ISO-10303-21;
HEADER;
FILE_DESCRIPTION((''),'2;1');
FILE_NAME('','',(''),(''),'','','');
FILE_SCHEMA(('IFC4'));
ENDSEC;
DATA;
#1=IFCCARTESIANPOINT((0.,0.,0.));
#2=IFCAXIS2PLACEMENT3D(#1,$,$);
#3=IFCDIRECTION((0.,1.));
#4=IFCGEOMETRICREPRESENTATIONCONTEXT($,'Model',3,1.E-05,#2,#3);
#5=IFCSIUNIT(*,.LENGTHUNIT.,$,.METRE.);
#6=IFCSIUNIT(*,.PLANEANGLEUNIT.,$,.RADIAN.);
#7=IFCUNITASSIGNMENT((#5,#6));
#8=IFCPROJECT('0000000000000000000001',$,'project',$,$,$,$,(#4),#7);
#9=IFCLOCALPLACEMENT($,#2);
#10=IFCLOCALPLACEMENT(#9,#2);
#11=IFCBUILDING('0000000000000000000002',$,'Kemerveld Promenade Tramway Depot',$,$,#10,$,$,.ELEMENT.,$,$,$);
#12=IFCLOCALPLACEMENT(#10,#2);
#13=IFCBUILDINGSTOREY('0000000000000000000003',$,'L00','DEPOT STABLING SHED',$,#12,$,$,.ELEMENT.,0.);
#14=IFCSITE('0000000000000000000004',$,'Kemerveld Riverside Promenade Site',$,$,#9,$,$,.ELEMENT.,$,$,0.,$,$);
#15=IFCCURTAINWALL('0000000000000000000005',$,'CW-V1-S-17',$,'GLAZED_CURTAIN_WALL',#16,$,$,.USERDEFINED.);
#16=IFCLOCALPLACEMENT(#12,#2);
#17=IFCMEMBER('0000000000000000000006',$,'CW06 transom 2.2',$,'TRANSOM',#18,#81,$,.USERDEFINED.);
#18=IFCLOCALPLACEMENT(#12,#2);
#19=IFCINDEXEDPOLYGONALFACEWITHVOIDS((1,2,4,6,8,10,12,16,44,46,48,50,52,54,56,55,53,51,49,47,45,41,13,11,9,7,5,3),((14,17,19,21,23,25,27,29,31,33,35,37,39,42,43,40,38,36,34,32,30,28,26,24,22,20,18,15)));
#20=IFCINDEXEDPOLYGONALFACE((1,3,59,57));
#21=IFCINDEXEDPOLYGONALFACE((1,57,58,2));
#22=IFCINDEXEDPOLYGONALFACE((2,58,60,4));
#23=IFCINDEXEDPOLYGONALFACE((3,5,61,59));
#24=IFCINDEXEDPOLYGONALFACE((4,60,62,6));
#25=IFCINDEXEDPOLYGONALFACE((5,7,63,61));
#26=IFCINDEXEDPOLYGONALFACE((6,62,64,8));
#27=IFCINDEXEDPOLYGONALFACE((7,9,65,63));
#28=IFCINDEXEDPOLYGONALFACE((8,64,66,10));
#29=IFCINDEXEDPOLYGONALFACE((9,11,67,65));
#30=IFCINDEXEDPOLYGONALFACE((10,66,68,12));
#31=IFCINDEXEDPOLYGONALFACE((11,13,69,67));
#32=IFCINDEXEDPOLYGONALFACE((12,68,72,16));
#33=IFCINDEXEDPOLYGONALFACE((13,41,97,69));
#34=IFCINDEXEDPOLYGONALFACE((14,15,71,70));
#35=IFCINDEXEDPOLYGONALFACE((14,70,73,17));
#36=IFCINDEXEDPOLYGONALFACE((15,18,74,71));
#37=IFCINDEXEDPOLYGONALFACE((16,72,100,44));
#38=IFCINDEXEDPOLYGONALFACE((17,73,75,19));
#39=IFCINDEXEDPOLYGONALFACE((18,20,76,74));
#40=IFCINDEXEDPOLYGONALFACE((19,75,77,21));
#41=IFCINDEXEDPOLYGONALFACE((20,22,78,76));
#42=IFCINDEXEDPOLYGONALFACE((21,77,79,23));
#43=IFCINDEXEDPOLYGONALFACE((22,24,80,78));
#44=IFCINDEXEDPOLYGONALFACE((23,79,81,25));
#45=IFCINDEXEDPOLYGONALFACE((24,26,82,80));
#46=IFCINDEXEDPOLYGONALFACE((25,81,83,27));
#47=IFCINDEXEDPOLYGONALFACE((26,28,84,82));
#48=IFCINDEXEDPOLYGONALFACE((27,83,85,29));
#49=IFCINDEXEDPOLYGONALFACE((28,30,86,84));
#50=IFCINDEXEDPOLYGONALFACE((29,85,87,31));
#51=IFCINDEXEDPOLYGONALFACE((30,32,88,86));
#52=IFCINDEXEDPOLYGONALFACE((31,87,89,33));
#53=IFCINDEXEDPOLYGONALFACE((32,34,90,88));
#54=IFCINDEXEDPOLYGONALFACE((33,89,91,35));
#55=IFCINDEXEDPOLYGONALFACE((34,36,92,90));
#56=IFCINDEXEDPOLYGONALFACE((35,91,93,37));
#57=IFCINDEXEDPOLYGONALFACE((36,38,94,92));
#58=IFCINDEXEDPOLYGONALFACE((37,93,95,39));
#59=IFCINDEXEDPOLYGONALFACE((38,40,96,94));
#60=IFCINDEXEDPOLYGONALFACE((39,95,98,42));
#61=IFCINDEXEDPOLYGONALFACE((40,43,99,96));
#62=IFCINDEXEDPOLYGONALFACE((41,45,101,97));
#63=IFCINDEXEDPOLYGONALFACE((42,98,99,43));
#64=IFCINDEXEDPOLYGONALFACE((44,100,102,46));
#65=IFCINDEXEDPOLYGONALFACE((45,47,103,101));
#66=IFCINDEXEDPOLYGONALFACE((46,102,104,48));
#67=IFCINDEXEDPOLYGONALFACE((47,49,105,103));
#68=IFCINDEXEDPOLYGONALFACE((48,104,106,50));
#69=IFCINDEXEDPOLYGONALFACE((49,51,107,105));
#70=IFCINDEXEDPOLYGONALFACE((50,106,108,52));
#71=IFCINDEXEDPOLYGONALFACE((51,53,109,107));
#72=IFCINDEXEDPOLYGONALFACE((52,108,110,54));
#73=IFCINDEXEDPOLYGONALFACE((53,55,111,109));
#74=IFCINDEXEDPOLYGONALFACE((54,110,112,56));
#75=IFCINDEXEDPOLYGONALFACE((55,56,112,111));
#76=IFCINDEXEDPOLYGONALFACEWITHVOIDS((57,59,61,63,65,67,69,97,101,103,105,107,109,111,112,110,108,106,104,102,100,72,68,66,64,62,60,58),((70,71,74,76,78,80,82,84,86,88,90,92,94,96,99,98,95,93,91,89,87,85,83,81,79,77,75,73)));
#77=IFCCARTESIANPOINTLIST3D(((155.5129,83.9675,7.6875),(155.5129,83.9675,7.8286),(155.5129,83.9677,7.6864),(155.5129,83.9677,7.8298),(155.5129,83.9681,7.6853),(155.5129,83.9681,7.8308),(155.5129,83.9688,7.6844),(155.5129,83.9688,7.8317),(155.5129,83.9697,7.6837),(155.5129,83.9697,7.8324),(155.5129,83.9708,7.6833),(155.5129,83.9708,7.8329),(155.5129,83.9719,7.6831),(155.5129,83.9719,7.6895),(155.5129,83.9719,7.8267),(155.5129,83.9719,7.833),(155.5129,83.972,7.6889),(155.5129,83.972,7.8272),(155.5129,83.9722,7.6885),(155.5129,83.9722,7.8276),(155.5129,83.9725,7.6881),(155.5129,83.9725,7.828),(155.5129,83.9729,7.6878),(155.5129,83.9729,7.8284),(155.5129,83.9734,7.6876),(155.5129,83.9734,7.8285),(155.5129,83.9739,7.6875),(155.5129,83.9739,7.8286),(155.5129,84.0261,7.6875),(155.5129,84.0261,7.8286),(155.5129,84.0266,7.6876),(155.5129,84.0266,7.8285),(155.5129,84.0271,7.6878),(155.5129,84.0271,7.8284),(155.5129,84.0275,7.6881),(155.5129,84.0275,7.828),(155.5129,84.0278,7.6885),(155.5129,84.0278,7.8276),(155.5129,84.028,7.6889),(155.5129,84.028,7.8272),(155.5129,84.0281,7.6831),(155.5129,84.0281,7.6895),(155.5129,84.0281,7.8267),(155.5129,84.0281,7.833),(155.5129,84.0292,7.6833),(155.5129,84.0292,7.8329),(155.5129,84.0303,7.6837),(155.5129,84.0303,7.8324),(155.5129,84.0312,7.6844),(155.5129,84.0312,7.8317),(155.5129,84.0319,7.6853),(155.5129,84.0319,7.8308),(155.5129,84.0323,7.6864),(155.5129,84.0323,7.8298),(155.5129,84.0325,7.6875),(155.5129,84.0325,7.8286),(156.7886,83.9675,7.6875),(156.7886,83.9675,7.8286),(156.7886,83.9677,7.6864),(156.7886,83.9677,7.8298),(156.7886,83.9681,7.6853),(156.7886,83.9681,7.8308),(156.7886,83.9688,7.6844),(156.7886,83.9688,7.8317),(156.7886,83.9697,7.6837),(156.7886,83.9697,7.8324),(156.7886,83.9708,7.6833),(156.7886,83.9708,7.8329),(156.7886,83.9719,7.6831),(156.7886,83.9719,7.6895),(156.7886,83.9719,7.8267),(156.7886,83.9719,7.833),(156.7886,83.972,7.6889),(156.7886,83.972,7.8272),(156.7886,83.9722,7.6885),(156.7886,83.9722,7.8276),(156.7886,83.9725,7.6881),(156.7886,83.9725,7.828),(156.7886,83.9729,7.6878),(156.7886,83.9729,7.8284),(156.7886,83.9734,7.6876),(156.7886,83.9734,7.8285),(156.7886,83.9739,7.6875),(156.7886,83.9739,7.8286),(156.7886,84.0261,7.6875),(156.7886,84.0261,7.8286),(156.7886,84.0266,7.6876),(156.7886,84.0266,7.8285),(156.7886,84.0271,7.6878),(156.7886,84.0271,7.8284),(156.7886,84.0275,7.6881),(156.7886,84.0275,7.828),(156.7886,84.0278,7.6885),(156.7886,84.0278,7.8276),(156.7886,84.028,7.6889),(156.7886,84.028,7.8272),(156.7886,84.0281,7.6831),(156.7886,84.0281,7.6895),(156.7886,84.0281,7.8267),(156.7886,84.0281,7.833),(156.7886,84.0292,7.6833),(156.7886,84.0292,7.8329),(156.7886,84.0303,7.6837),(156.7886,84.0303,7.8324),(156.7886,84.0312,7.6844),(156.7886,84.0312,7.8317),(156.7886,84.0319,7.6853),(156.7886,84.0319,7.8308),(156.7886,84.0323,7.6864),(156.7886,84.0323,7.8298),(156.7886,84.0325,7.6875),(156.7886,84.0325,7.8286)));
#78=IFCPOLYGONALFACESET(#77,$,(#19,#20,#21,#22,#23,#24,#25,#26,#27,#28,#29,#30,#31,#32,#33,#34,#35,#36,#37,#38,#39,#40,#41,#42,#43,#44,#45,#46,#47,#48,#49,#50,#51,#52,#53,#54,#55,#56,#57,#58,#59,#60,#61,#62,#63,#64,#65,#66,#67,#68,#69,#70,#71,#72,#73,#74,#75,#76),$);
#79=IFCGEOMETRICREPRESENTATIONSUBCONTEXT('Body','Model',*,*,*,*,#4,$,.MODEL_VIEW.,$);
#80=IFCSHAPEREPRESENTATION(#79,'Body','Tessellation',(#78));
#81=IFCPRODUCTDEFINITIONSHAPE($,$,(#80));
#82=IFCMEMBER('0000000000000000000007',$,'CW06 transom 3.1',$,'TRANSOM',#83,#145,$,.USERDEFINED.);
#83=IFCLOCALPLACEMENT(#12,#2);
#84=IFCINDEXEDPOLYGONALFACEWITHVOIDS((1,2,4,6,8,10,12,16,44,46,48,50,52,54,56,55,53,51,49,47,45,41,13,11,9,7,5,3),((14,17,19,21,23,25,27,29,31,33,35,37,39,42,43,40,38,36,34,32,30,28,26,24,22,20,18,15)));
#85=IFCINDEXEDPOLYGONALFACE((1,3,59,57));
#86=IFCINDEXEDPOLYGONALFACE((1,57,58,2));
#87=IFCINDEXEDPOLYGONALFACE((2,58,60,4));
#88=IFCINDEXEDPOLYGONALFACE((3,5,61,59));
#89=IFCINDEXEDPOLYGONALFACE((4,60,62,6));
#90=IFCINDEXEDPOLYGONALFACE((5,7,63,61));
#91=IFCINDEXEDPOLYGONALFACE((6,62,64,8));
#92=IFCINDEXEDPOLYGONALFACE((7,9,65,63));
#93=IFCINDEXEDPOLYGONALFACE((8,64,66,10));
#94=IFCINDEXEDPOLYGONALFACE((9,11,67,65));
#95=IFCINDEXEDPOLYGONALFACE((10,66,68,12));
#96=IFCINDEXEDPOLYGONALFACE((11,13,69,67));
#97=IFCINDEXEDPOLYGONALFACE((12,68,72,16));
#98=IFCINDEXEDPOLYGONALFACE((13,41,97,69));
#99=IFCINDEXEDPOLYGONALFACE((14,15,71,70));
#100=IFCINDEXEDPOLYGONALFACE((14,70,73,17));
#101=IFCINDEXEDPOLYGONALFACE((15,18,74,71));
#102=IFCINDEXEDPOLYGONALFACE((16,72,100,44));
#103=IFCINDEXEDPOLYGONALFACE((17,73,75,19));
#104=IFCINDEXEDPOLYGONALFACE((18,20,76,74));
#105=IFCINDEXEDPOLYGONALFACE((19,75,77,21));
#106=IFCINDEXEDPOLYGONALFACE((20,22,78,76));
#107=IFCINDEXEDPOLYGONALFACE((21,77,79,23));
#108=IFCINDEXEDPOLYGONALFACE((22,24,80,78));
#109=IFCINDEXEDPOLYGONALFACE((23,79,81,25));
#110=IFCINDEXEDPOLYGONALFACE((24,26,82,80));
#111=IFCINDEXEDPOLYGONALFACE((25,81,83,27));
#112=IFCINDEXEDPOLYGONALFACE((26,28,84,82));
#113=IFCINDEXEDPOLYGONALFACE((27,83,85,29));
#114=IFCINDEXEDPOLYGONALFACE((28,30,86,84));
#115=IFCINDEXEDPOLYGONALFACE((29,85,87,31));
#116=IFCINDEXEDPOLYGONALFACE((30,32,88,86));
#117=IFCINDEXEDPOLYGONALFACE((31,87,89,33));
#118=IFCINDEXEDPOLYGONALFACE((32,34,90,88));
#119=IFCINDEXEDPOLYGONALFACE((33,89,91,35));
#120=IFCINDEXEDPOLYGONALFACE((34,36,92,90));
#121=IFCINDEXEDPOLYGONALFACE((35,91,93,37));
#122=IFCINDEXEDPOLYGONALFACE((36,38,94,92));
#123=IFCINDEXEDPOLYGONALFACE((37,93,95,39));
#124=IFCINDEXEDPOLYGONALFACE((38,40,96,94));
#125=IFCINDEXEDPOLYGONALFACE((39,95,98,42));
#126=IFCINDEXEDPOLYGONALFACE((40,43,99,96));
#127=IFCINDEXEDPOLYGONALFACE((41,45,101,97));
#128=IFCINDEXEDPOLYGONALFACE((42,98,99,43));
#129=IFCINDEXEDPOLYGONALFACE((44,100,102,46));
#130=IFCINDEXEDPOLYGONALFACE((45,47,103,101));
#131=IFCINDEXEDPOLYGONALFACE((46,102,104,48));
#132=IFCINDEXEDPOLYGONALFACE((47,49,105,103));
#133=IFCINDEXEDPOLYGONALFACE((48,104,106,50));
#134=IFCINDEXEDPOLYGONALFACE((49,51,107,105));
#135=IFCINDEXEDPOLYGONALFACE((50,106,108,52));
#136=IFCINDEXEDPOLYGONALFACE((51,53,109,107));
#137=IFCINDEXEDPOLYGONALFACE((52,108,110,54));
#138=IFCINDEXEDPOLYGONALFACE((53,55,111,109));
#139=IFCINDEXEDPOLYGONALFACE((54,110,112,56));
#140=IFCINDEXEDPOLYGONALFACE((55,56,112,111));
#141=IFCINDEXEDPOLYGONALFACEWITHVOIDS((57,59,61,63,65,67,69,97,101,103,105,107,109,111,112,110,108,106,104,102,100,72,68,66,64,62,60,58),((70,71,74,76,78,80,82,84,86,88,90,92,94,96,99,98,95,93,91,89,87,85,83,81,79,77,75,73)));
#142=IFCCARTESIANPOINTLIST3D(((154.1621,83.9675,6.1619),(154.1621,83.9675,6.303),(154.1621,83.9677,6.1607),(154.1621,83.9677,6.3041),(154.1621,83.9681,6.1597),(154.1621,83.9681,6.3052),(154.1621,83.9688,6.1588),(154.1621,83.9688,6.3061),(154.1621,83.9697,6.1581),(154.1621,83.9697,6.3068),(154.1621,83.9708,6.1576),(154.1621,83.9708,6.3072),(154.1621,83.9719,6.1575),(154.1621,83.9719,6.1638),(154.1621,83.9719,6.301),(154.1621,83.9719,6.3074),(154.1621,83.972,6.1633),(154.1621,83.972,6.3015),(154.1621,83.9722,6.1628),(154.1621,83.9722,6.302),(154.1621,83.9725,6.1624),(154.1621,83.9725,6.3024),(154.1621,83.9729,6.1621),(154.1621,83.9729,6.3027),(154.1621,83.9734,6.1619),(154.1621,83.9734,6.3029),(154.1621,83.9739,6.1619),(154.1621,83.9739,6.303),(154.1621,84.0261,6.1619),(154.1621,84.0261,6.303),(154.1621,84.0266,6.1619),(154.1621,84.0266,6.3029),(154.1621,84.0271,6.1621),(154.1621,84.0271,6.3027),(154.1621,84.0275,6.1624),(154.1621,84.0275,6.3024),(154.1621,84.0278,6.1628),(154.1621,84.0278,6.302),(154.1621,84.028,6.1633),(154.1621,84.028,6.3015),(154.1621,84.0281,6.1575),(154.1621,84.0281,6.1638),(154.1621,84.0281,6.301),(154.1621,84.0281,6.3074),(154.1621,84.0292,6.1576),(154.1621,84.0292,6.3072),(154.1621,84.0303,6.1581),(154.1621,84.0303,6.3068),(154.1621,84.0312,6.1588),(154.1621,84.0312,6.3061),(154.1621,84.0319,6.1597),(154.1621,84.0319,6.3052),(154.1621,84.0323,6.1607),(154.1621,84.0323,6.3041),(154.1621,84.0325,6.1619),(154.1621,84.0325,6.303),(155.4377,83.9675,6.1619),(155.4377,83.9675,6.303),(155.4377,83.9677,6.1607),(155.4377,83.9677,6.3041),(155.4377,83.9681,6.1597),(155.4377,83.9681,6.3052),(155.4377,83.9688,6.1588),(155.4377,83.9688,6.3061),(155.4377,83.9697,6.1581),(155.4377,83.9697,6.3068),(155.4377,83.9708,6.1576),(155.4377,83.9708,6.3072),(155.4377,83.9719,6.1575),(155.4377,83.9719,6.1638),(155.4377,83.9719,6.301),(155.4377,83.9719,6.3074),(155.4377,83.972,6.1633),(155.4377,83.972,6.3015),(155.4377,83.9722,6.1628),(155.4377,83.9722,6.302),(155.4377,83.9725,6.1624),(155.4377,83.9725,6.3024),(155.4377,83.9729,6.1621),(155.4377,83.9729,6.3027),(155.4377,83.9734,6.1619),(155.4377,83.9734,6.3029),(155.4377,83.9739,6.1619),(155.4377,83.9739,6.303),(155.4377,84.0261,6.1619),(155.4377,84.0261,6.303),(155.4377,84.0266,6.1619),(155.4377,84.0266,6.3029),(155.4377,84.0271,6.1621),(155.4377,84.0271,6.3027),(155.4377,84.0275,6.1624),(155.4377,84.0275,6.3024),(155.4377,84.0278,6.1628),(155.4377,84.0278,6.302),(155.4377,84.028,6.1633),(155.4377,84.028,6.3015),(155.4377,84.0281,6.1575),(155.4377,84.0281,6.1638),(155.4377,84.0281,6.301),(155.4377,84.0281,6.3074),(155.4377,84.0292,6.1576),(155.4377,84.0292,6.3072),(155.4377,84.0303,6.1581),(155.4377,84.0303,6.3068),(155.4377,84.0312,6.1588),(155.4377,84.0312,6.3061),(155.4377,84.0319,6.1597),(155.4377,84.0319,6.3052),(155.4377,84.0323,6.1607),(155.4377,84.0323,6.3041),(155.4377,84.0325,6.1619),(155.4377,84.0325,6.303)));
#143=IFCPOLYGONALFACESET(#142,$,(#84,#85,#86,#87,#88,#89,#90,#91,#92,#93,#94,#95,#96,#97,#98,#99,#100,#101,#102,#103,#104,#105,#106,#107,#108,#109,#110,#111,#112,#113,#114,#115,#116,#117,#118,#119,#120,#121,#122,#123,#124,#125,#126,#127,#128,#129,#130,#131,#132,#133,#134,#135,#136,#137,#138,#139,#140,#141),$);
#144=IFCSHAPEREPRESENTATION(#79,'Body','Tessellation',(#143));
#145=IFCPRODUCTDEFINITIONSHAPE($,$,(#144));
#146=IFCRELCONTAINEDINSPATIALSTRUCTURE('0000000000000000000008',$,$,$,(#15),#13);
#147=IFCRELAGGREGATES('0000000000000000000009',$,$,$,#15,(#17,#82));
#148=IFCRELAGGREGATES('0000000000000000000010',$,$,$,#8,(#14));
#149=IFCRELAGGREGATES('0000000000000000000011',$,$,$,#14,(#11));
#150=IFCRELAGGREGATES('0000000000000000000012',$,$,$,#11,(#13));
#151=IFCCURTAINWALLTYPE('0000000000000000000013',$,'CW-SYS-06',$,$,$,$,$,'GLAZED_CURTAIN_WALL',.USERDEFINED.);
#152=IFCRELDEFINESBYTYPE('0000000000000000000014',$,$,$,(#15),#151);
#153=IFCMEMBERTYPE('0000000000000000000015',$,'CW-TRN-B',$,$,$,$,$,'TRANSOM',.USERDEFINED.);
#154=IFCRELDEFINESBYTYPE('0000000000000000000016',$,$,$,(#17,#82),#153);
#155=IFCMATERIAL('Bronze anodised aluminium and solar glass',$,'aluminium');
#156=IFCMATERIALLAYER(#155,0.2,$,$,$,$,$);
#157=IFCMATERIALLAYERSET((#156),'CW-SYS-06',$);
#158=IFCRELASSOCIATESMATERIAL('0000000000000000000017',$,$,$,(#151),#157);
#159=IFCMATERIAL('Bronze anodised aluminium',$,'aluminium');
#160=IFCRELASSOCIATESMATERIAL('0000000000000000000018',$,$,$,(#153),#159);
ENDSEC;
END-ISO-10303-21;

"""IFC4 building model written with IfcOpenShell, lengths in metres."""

from ifc_helpers import new_model, si_unit, direction, frame, origin, origin_2d, place, context, subcontext, project, spatial, hollow_rectangle, extrude, material, layer, layer_set, material_profile, profile_set, type_object, element, aggregate, save


model = new_model("IFC4")

# Units and contexts
model_context = context("Model", 3, precision=1e-05, world=origin(), true_north=direction((0.0, 1.0)))
body_context = subcontext(model_context, "Body", "Model", "MODEL_VIEW")
ifc_project = project(units=[si_unit("LENGTHUNIT", "METRE"), si_unit("PLANEANGLEUNIT", "RADIAN")], contexts=[model_context])

# Site, building, storey
site_placement = place(None, origin())
site = spatial("IfcSite", under=ifc_project, at=site_placement, Name="Kemerveld Riverside Promenade Site", CompositionType="ELEMENT", RefElevation=0.0)
building_placement = place(site_placement, origin())
building = spatial("IfcBuilding", under=site, at=building_placement, Name="Kemerveld Promenade Tramway Depot", CompositionType="ELEMENT")
storey_placement = place(building_placement, origin())
storey = spatial("IfcBuildingStorey", under=building, at=storey_placement, Name="L00", Description="DEPOT STABLING SHED", CompositionType="ELEMENT", Elevation=0.0)

# Shared definitions
ifc_material_1 = material(Name="Bronze anodised aluminium and solar glass", Category="aluminium")
ifc_material_2 = material(Name="Bronze anodised aluminium", Category="aluminium")

# Curtain wall
ifc_layer_1 = layer(ifc_material_1, 0.2)
ifc_layer_set_1 = layer_set([ifc_layer_1], Name="CW-SYS-06")
curtain_wall_type_1 = type_object("IfcCurtainWallType", Name="CW-SYS-06", ElementType="GLAZED_CURTAIN_WALL", PredefinedType="USERDEFINED", material=ifc_layer_set_1)
curtain_wall_1_placement = place(storey_placement, origin())
curtain_wall_1 = element("IfcCurtainWall", 1, at=curtain_wall_1_placement, inside=storey, type_object=curtain_wall_type_1, Name="CW-V1-S-17", ObjectType="GLAZED_CURTAIN_WALL", PredefinedType="USERDEFINED")

# Members
ifc_material_profile_1 = material_profile(ifc_material_2, hollow_rectangle(XDim=0.0649, YDim=0.1499, WallThickness=0.0044, InnerFilletRadius=0.002, OuterFilletRadius=0.0044, at=origin_2d()), Name="CW-TRN-150x65")
ifc_profile_set_1 = profile_set([ifc_material_profile_1], Name="Bronze anodised aluminium")
member_type_1 = type_object("IfcMemberType", Name="CW-TRN-B", ElementType="TRANSOM", PredefinedType="USERDEFINED", material=ifc_profile_set_1)
member_1_placement = place(storey_placement, frame((156.7886, 84.0, 7.7581), z_axis=(-1.0, 0.0, 0.0), x_axis=(0.0, -1.0, 0.0)))
member_1 = element("IfcMember", 2, at=member_1_placement, type_object=member_type_1, Name="CW06 transom 2.2", ObjectType="TRANSOM", PredefinedType="USERDEFINED", context=body_context, shape_type="SweptSolid", body=[
    extrude(hollow_rectangle(XDim=0.0649, YDim=0.1499, WallThickness=0.0044, InnerFilletRadius=0.002, OuterFilletRadius=0.0044, at=origin_2d()), origin(), (0.0, 0.0, 1.0), 1.2756),
])
member_2_placement = place(storey_placement, frame((155.4377, 84.0, 6.2324), z_axis=(-1.0, 0.0, 0.0), x_axis=(0.0, -1.0, 0.0)))
member_2 = element("IfcMember", 3, at=member_2_placement, type_object=member_type_1, Name="CW06 transom 3.1", ObjectType="TRANSOM", PredefinedType="USERDEFINED", context=body_context, shape_type="SweptSolid", body=[
    extrude(hollow_rectangle(XDim=0.0649, YDim=0.1499, WallThickness=0.0044, InnerFilletRadius=0.002, OuterFilletRadius=0.0044, at=origin_2d()), origin(), (0.0, 0.0, 1.0), 1.2756),
])

aggregate(curtain_wall_1, [member_1, member_2])

save(model, "model.ifc")
